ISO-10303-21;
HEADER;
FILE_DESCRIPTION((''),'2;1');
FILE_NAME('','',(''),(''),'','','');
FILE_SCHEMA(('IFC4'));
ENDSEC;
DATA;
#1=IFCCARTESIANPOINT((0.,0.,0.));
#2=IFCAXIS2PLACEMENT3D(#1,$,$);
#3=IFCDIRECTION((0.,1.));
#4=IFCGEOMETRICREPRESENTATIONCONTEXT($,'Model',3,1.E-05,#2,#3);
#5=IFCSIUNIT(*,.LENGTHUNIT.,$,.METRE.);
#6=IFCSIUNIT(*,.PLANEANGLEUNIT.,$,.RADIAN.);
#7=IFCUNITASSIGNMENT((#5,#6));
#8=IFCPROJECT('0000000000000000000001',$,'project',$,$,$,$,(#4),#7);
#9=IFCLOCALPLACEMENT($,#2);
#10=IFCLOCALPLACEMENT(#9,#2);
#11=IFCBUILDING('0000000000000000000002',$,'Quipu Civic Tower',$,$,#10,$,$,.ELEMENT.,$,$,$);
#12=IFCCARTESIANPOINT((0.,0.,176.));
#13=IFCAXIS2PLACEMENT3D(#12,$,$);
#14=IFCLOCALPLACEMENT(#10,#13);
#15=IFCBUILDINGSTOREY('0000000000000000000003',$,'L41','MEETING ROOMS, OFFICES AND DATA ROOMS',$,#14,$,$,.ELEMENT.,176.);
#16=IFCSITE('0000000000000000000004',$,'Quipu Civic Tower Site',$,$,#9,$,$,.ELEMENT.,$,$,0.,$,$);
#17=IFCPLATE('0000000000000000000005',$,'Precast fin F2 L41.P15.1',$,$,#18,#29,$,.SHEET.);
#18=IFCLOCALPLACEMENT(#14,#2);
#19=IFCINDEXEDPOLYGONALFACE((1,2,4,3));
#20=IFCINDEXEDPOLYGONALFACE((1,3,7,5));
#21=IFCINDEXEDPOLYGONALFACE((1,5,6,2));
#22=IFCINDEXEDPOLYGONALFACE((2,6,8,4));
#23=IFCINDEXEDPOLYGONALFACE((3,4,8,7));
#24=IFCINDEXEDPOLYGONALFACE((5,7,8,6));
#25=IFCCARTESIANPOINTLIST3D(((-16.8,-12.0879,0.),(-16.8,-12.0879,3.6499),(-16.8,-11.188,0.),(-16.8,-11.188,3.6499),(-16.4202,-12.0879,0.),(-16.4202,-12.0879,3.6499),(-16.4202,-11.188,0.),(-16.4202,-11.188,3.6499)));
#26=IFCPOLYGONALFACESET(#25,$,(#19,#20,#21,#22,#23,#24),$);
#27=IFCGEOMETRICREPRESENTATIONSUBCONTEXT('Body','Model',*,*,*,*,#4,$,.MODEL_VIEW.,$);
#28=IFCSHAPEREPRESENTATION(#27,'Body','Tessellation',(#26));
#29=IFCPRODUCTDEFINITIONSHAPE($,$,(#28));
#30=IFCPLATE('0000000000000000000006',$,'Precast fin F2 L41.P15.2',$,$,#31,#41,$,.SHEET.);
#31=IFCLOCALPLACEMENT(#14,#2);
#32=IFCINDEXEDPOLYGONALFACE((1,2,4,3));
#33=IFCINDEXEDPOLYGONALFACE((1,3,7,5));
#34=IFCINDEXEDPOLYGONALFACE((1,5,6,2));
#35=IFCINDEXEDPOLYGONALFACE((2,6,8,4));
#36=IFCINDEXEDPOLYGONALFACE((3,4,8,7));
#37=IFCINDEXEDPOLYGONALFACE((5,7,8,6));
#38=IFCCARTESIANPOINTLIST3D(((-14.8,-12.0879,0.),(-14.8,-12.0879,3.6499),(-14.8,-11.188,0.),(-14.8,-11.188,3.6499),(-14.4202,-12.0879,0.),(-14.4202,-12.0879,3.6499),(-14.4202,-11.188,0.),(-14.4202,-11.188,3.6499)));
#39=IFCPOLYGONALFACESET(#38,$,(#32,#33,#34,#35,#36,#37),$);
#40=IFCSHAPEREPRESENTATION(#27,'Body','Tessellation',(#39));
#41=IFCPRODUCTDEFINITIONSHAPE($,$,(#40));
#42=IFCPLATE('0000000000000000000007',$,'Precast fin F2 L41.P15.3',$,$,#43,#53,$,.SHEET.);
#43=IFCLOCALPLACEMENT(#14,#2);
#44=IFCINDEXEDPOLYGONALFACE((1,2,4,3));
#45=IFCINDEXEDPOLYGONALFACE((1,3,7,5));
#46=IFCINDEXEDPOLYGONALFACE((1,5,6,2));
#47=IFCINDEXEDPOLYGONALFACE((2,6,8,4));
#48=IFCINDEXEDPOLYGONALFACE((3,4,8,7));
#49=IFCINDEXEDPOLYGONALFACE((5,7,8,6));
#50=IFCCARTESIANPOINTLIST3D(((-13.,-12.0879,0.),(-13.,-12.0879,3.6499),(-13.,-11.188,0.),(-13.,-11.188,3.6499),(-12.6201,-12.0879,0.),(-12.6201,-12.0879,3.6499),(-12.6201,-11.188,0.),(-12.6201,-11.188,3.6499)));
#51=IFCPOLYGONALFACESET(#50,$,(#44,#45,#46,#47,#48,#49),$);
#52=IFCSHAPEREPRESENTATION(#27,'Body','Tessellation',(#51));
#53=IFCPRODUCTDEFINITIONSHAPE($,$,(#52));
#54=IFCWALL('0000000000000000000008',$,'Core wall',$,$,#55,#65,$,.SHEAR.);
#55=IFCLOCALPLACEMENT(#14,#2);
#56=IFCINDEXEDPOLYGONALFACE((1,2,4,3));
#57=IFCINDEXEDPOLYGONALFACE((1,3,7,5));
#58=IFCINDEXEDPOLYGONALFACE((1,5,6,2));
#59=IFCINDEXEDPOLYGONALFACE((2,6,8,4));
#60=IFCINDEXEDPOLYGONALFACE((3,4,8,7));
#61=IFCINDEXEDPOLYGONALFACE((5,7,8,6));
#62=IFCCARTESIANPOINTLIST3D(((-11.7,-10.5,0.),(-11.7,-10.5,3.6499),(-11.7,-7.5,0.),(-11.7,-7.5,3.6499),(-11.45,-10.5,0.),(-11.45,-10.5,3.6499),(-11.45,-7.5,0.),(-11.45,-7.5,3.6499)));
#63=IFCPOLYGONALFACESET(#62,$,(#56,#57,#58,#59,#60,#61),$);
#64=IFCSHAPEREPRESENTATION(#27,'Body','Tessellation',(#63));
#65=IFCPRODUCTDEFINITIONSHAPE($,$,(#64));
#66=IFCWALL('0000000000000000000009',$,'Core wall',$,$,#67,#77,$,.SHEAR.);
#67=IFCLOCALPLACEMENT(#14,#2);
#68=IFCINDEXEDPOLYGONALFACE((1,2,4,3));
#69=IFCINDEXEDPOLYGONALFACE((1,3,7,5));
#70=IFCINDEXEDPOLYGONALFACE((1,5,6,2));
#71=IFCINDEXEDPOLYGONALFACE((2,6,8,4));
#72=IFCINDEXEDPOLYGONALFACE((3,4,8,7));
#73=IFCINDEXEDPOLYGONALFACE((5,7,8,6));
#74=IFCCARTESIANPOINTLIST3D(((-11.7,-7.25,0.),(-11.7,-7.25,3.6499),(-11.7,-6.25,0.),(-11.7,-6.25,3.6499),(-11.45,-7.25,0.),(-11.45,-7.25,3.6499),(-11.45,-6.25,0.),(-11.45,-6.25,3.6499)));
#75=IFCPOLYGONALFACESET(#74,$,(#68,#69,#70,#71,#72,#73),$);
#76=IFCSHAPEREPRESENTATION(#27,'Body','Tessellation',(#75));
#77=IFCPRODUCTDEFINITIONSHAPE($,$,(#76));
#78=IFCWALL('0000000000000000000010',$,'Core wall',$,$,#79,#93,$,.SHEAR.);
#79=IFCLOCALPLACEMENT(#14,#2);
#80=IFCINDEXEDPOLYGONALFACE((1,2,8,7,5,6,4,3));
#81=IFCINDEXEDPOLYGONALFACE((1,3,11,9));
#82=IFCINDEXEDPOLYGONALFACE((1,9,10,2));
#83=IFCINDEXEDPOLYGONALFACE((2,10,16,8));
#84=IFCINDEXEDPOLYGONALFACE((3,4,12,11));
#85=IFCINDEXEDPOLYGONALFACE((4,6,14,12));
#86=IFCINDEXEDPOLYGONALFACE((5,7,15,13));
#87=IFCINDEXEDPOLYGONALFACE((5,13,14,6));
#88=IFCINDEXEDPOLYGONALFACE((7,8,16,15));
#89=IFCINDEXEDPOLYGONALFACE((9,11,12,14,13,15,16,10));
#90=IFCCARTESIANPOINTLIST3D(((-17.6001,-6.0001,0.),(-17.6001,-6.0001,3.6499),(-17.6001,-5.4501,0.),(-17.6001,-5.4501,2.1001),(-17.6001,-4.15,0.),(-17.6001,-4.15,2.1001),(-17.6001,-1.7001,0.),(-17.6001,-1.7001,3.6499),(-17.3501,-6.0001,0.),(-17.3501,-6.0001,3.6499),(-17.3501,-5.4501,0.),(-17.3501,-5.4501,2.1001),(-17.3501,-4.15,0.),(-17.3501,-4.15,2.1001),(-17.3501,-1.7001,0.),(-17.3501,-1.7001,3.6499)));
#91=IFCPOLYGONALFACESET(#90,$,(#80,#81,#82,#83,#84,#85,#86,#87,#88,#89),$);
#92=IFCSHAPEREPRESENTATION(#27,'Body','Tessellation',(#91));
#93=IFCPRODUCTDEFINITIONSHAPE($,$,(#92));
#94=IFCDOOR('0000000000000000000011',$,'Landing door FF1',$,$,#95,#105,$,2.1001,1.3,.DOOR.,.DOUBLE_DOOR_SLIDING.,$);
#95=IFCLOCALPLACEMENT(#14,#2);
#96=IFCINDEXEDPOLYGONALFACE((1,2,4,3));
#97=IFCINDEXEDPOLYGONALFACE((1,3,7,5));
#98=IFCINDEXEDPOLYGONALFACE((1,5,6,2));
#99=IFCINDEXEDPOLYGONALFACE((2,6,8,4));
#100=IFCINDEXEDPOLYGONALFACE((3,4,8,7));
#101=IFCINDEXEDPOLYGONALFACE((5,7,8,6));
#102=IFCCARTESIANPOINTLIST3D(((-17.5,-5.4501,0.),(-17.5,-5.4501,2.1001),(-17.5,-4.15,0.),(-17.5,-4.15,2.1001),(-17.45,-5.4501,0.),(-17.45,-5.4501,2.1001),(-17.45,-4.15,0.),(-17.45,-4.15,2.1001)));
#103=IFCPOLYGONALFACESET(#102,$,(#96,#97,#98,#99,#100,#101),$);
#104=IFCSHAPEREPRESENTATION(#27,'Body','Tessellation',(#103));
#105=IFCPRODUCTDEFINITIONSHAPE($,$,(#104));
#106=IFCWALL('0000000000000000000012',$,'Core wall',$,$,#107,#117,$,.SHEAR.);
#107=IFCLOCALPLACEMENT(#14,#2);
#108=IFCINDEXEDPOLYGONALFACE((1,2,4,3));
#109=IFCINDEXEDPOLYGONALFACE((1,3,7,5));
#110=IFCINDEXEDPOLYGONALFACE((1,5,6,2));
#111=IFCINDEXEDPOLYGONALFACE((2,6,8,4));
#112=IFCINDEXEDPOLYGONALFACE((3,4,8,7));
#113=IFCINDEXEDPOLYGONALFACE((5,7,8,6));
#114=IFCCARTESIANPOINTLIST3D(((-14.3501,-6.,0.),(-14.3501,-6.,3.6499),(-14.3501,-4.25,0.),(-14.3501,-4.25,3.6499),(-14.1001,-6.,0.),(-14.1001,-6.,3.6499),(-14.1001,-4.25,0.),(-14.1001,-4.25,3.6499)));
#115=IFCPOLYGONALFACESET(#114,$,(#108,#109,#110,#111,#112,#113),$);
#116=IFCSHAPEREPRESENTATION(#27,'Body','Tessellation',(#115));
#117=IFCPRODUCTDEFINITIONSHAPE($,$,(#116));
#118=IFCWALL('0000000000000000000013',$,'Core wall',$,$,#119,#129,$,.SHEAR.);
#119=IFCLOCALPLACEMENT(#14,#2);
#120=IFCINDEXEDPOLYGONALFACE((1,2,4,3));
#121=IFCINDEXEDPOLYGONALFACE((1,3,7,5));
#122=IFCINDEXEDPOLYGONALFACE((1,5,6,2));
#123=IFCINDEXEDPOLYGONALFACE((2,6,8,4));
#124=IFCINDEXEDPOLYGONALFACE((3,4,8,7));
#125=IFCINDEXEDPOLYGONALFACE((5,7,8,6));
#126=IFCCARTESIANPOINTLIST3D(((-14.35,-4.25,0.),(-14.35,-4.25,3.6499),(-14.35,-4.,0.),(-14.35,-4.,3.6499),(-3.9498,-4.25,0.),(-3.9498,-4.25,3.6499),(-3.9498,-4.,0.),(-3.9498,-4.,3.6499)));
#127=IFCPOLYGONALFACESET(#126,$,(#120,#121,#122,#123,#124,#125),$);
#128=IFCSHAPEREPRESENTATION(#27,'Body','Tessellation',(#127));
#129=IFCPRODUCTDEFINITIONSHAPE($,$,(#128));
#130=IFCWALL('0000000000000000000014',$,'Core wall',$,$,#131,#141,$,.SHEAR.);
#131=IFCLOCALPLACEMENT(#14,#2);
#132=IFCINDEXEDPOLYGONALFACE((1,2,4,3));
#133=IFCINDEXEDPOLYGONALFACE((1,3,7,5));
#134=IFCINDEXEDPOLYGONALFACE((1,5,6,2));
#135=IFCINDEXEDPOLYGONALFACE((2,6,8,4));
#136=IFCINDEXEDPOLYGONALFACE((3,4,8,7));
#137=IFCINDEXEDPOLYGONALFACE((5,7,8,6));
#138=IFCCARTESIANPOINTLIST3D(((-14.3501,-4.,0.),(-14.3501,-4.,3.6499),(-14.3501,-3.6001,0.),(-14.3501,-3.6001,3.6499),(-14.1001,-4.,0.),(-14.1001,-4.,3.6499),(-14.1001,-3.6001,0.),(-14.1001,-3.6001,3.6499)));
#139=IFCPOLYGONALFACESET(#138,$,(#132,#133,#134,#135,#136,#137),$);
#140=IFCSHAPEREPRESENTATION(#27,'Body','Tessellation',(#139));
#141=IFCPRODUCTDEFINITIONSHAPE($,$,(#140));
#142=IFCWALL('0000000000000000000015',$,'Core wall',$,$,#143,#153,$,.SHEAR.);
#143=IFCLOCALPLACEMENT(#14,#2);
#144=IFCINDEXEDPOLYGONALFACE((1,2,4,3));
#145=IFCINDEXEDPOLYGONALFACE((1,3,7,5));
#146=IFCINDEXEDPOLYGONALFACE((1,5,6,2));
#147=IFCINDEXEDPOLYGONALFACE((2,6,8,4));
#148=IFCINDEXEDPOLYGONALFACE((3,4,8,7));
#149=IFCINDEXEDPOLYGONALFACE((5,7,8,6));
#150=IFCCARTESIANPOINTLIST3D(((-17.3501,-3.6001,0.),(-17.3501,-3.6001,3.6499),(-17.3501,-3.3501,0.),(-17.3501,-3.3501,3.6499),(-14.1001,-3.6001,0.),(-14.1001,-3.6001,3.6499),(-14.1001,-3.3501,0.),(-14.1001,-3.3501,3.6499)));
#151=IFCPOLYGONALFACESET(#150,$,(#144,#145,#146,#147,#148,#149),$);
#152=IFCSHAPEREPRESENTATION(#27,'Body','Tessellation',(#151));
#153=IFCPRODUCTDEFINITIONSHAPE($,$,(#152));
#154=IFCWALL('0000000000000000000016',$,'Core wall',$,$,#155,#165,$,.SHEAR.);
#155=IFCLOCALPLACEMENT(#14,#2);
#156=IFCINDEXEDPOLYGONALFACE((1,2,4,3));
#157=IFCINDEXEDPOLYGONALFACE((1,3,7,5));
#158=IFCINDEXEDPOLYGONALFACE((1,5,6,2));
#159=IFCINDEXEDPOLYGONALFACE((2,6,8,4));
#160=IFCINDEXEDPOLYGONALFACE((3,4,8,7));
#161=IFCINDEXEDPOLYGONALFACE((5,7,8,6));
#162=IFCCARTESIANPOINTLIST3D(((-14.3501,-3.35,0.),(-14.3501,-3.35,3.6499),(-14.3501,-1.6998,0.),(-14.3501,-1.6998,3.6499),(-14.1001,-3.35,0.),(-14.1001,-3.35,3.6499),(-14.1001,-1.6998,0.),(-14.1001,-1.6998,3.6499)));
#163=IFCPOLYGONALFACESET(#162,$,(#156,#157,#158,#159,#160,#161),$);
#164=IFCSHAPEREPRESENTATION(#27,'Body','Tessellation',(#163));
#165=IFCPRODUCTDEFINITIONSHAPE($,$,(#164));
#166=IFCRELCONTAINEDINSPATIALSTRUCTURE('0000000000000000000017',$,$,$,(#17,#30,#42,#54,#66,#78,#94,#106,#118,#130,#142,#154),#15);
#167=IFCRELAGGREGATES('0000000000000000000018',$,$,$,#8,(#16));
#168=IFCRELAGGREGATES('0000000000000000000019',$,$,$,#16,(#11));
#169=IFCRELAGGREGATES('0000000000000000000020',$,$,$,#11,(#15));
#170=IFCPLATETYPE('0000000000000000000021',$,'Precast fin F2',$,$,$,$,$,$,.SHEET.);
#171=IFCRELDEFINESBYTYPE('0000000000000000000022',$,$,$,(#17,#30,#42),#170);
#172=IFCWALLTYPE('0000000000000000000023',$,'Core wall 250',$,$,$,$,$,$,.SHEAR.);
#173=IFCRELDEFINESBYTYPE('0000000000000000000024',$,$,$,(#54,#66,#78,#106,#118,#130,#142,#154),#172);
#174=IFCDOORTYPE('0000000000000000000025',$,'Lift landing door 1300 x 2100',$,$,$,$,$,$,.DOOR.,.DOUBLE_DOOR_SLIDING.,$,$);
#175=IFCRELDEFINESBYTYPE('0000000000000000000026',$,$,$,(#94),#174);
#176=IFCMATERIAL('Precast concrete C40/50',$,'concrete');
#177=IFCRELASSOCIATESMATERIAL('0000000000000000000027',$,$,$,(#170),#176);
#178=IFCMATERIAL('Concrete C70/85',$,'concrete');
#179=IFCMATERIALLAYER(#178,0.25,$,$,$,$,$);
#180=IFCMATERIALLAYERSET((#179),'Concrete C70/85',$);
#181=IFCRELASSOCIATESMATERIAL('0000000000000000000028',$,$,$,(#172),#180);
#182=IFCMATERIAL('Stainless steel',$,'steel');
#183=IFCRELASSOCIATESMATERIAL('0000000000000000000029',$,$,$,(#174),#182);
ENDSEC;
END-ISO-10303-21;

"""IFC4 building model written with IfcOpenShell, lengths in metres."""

from ifc_helpers import new_model, si_unit, direction, frame, frame_2d, origin, origin_2d, place, context, subcontext, project, spatial, rectangle, extrude, material, layer, layer_set, type_object, element, fill, save


model = new_model("IFC4")

# Units and contexts
model_context = context("Model", 3, precision=1e-05, world=origin(), true_north=direction((0.0, 1.0)))
body_context = subcontext(model_context, "Body", "Model", "MODEL_VIEW")
ifc_project = project(units=[si_unit("LENGTHUNIT", "METRE"), si_unit("PLANEANGLEUNIT", "RADIAN")], contexts=[model_context])

# Site, building, storey
site_placement = place(None, origin())
site = spatial("IfcSite", under=ifc_project, at=site_placement, Name="Quipu Civic Tower Site", CompositionType="ELEMENT", RefElevation=0.0)
building_placement = place(site_placement, origin())
building = spatial("IfcBuilding", under=site, at=building_placement, Name="Quipu Civic Tower", CompositionType="ELEMENT")
storey_placement = place(building_placement, frame((0.0, 0.0, 176.0)))
storey = spatial("IfcBuildingStorey", under=building, at=storey_placement, Name="L41", Description="MEETING ROOMS, OFFICES AND DATA ROOMS", CompositionType="ELEMENT", Elevation=176.0)

# Plates
ifc_material_1 = material(Name="Precast concrete C40/50", Category="concrete")
plate_type = type_object("IfcPlateType", Name="Precast fin F2", PredefinedType="SHEET", material=ifc_material_1)
for number, where, z_axis, x_axis, name in (
    (1, (-16.6101, -11.6379, 0.0), (0.0, 0.0, 1.0), (1.0, 0.0, 0.0), "Precast fin F2 L41.P15.1"),
    (2, (-14.6101, -11.6379, 0.0), (0.0, 0.0, 1.0), (1.0, 0.0, 0.0), "Precast fin F2 L41.P15.2"),
    (3, (-12.8101, -11.6379, 0.0), (0.0, 0.0, 1.0), (1.0, 0.0, 0.0), "Precast fin F2 L41.P15.3"),
):
    element("IfcPlate", number, at=place(storey_placement, frame(where, z_axis=z_axis, x_axis=x_axis)), inside=storey, type_object=plate_type, Name=name, PredefinedType="SHEET", context=body_context, shape_type="SweptSolid", body=[
        extrude(rectangle(XDim=0.3799, YDim=0.8999, at=origin_2d()), origin(), (0.0, 0.0, 1.0), 3.6499),
    ])

# Walls
ifc_material_2 = material(Name="Concrete C70/85", Category="concrete")
ifc_layer_1 = layer(ifc_material_2, 0.25)
ifc_layer_set_1 = layer_set([ifc_layer_1], Name="Concrete C70/85")
wall_type_1 = type_object("IfcWallType", Name="Core wall 250", PredefinedType="SHEAR", material=ifc_layer_set_1)
wall_1_placement = place(storey_placement, frame((-11.575, -10.5, 0.0), z_axis=(0.0, 0.0, 1.0), x_axis=(0.0, 1.0, 0.0)))
element("IfcWall", 4, at=wall_1_placement, inside=storey, type_object=wall_type_1, Name="Core wall", PredefinedType="SHEAR", context=body_context, shape_type="SweptSolid", body=[
    extrude(rectangle(XDim=3.0, YDim=0.25, at=frame_2d((1.5, 0.0))), origin(), (0.0, 0.0, 1.0), 3.6499),
])
wall_2_placement = place(storey_placement, frame((-11.575, -7.25, 0.0), z_axis=(0.0, 0.0, 1.0), x_axis=(0.0, 1.0, 0.0)))
element("IfcWall", 5, at=wall_2_placement, inside=storey, type_object=wall_type_1, Name="Core wall", PredefinedType="SHEAR", context=body_context, shape_type="SweptSolid", body=[
    extrude(rectangle(XDim=1.0, YDim=0.25, at=frame_2d((0.5, 0.0))), origin(), (0.0, 0.0, 1.0), 3.6499),
])

# Wall, opening, door
wall_3_placement = place(storey_placement, frame((-17.4751, -6.0, 0.0), z_axis=(0.0, 0.0, 1.0), x_axis=(0.0, 1.0, 0.0)))
wall_3 = element("IfcWall", 6, at=wall_3_placement, inside=storey, type_object=wall_type_1, Name="Core wall", PredefinedType="SHEAR", context=body_context, shape_type="SweptSolid", body=[
    extrude(rectangle(XDim=4.3, YDim=0.25, at=frame_2d((2.1499, 0.0))), origin(), (0.0, 0.0, 1.0), 3.6499),
])
opening_1_placement = place(wall_3_placement, frame((0.55, 0.0, 0.0)))
opening_1 = element("IfcOpeningElement", 7, at=opening_1_placement, cuts=wall_3, PredefinedType="OPENING", context=body_context, shape_type="SweptSolid", body=[
    extrude(rectangle(XDim=1.3, YDim=2.1001, at=frame_2d((0.6499, 1.05))), frame((0.0, 0.135, 0.0), z_axis=(0.0, -1.0, 0.0), x_axis=(1.0, 0.0, 0.0)), (0.0, 0.0, 1.0), 0.27),
])
ifc_material_3 = material(Name="Stainless steel", Category="steel")
door_type_1 = type_object("IfcDoorType", Name="Lift landing door 1300 x 2100", OperationType="DOUBLE_DOOR_SLIDING", PredefinedType="DOOR", material=ifc_material_3)
door_1_placement = place(opening_1_placement, origin())
door_1 = element("IfcDoor", 8, at=door_1_placement, inside=storey, type_object=door_type_1, Name="Landing door FF1", OperationType="DOUBLE_DOOR_SLIDING", OverallHeight=2.1001, OverallWidth=1.3, PredefinedType="DOOR", context=body_context, shape_type="SweptSolid", body=[
    extrude(rectangle(XDim=1.3, YDim=2.1001, at=frame_2d((0.6499, 1.05))), frame((0.0, 0.0249, 0.0), z_axis=(0.0, -1.0, 0.0), x_axis=(1.0, 0.0, 0.0)), (0.0, 0.0, 1.0), 0.05),
])
fill(opening_1, door_1)

# Walls
wall_4_placement = place(storey_placement, frame((-14.2251, -6.0, 0.0), z_axis=(0.0, 0.0, 1.0), x_axis=(0.0, 1.0, 0.0)))
element("IfcWall", 9, at=wall_4_placement, inside=storey, type_object=wall_type_1, Name="Core wall", PredefinedType="SHEAR", context=body_context, shape_type="SweptSolid", body=[
    extrude(rectangle(XDim=1.75, YDim=0.25, at=frame_2d((0.875, 0.0))), origin(), (0.0, 0.0, 1.0), 3.6499),
])
wall_5_placement = place(storey_placement, frame((-14.3501, -4.125, 0.0), z_axis=(0.0, 0.0, 1.0), x_axis=(1.0, 0.0, 0.0)))
element("IfcWall", 10, at=wall_5_placement, inside=storey, type_object=wall_type_1, Name="Core wall", PredefinedType="SHEAR", context=body_context, shape_type="SweptSolid", body=[
    extrude(rectangle(XDim=10.4001, YDim=0.25, at=frame_2d((5.2002, 0.0))), origin(), (0.0, 0.0, 1.0), 3.6499),
])
wall_6_placement = place(storey_placement, frame((-14.2251, -4.0, 0.0), z_axis=(0.0, 0.0, 1.0), x_axis=(0.0, 1.0, 0.0)))
element("IfcWall", 11, at=wall_6_placement, inside=storey, type_object=wall_type_1, Name="Core wall", PredefinedType="SHEAR", context=body_context, shape_type="SweptSolid", body=[
    extrude(rectangle(XDim=0.3999, YDim=0.25, at=frame_2d((0.2, 0.0))), origin(), (0.0, 0.0, 1.0), 3.6499),
])
wall_7_placement = place(storey_placement, frame((-17.3501, -3.4751, 0.0), z_axis=(0.0, 0.0, 1.0), x_axis=(1.0, 0.0, 0.0)))
element("IfcWall", 12, at=wall_7_placement, inside=storey, type_object=wall_type_1, Name="Core wall", PredefinedType="SHEAR", context=body_context, shape_type="SweptSolid", body=[
    extrude(rectangle(XDim=3.25, YDim=0.25, at=frame_2d((1.625, 0.0))), origin(), (0.0, 0.0, 1.0), 3.6499),
])
wall_8_placement = place(storey_placement, frame((-14.2251, -3.3501, 0.0), z_axis=(0.0, 0.0, 1.0), x_axis=(0.0, 1.0, 0.0)))
element("IfcWall", 13, at=wall_8_placement, inside=storey, type_object=wall_type_1, Name="Core wall", PredefinedType="SHEAR", context=body_context, shape_type="SweptSolid", body=[
    extrude(rectangle(XDim=1.6501, YDim=0.25, at=frame_2d((0.8252, 0.0))), origin(), (0.0, 0.0, 1.0), 3.6499),
])

save(model, "model.ifc")
